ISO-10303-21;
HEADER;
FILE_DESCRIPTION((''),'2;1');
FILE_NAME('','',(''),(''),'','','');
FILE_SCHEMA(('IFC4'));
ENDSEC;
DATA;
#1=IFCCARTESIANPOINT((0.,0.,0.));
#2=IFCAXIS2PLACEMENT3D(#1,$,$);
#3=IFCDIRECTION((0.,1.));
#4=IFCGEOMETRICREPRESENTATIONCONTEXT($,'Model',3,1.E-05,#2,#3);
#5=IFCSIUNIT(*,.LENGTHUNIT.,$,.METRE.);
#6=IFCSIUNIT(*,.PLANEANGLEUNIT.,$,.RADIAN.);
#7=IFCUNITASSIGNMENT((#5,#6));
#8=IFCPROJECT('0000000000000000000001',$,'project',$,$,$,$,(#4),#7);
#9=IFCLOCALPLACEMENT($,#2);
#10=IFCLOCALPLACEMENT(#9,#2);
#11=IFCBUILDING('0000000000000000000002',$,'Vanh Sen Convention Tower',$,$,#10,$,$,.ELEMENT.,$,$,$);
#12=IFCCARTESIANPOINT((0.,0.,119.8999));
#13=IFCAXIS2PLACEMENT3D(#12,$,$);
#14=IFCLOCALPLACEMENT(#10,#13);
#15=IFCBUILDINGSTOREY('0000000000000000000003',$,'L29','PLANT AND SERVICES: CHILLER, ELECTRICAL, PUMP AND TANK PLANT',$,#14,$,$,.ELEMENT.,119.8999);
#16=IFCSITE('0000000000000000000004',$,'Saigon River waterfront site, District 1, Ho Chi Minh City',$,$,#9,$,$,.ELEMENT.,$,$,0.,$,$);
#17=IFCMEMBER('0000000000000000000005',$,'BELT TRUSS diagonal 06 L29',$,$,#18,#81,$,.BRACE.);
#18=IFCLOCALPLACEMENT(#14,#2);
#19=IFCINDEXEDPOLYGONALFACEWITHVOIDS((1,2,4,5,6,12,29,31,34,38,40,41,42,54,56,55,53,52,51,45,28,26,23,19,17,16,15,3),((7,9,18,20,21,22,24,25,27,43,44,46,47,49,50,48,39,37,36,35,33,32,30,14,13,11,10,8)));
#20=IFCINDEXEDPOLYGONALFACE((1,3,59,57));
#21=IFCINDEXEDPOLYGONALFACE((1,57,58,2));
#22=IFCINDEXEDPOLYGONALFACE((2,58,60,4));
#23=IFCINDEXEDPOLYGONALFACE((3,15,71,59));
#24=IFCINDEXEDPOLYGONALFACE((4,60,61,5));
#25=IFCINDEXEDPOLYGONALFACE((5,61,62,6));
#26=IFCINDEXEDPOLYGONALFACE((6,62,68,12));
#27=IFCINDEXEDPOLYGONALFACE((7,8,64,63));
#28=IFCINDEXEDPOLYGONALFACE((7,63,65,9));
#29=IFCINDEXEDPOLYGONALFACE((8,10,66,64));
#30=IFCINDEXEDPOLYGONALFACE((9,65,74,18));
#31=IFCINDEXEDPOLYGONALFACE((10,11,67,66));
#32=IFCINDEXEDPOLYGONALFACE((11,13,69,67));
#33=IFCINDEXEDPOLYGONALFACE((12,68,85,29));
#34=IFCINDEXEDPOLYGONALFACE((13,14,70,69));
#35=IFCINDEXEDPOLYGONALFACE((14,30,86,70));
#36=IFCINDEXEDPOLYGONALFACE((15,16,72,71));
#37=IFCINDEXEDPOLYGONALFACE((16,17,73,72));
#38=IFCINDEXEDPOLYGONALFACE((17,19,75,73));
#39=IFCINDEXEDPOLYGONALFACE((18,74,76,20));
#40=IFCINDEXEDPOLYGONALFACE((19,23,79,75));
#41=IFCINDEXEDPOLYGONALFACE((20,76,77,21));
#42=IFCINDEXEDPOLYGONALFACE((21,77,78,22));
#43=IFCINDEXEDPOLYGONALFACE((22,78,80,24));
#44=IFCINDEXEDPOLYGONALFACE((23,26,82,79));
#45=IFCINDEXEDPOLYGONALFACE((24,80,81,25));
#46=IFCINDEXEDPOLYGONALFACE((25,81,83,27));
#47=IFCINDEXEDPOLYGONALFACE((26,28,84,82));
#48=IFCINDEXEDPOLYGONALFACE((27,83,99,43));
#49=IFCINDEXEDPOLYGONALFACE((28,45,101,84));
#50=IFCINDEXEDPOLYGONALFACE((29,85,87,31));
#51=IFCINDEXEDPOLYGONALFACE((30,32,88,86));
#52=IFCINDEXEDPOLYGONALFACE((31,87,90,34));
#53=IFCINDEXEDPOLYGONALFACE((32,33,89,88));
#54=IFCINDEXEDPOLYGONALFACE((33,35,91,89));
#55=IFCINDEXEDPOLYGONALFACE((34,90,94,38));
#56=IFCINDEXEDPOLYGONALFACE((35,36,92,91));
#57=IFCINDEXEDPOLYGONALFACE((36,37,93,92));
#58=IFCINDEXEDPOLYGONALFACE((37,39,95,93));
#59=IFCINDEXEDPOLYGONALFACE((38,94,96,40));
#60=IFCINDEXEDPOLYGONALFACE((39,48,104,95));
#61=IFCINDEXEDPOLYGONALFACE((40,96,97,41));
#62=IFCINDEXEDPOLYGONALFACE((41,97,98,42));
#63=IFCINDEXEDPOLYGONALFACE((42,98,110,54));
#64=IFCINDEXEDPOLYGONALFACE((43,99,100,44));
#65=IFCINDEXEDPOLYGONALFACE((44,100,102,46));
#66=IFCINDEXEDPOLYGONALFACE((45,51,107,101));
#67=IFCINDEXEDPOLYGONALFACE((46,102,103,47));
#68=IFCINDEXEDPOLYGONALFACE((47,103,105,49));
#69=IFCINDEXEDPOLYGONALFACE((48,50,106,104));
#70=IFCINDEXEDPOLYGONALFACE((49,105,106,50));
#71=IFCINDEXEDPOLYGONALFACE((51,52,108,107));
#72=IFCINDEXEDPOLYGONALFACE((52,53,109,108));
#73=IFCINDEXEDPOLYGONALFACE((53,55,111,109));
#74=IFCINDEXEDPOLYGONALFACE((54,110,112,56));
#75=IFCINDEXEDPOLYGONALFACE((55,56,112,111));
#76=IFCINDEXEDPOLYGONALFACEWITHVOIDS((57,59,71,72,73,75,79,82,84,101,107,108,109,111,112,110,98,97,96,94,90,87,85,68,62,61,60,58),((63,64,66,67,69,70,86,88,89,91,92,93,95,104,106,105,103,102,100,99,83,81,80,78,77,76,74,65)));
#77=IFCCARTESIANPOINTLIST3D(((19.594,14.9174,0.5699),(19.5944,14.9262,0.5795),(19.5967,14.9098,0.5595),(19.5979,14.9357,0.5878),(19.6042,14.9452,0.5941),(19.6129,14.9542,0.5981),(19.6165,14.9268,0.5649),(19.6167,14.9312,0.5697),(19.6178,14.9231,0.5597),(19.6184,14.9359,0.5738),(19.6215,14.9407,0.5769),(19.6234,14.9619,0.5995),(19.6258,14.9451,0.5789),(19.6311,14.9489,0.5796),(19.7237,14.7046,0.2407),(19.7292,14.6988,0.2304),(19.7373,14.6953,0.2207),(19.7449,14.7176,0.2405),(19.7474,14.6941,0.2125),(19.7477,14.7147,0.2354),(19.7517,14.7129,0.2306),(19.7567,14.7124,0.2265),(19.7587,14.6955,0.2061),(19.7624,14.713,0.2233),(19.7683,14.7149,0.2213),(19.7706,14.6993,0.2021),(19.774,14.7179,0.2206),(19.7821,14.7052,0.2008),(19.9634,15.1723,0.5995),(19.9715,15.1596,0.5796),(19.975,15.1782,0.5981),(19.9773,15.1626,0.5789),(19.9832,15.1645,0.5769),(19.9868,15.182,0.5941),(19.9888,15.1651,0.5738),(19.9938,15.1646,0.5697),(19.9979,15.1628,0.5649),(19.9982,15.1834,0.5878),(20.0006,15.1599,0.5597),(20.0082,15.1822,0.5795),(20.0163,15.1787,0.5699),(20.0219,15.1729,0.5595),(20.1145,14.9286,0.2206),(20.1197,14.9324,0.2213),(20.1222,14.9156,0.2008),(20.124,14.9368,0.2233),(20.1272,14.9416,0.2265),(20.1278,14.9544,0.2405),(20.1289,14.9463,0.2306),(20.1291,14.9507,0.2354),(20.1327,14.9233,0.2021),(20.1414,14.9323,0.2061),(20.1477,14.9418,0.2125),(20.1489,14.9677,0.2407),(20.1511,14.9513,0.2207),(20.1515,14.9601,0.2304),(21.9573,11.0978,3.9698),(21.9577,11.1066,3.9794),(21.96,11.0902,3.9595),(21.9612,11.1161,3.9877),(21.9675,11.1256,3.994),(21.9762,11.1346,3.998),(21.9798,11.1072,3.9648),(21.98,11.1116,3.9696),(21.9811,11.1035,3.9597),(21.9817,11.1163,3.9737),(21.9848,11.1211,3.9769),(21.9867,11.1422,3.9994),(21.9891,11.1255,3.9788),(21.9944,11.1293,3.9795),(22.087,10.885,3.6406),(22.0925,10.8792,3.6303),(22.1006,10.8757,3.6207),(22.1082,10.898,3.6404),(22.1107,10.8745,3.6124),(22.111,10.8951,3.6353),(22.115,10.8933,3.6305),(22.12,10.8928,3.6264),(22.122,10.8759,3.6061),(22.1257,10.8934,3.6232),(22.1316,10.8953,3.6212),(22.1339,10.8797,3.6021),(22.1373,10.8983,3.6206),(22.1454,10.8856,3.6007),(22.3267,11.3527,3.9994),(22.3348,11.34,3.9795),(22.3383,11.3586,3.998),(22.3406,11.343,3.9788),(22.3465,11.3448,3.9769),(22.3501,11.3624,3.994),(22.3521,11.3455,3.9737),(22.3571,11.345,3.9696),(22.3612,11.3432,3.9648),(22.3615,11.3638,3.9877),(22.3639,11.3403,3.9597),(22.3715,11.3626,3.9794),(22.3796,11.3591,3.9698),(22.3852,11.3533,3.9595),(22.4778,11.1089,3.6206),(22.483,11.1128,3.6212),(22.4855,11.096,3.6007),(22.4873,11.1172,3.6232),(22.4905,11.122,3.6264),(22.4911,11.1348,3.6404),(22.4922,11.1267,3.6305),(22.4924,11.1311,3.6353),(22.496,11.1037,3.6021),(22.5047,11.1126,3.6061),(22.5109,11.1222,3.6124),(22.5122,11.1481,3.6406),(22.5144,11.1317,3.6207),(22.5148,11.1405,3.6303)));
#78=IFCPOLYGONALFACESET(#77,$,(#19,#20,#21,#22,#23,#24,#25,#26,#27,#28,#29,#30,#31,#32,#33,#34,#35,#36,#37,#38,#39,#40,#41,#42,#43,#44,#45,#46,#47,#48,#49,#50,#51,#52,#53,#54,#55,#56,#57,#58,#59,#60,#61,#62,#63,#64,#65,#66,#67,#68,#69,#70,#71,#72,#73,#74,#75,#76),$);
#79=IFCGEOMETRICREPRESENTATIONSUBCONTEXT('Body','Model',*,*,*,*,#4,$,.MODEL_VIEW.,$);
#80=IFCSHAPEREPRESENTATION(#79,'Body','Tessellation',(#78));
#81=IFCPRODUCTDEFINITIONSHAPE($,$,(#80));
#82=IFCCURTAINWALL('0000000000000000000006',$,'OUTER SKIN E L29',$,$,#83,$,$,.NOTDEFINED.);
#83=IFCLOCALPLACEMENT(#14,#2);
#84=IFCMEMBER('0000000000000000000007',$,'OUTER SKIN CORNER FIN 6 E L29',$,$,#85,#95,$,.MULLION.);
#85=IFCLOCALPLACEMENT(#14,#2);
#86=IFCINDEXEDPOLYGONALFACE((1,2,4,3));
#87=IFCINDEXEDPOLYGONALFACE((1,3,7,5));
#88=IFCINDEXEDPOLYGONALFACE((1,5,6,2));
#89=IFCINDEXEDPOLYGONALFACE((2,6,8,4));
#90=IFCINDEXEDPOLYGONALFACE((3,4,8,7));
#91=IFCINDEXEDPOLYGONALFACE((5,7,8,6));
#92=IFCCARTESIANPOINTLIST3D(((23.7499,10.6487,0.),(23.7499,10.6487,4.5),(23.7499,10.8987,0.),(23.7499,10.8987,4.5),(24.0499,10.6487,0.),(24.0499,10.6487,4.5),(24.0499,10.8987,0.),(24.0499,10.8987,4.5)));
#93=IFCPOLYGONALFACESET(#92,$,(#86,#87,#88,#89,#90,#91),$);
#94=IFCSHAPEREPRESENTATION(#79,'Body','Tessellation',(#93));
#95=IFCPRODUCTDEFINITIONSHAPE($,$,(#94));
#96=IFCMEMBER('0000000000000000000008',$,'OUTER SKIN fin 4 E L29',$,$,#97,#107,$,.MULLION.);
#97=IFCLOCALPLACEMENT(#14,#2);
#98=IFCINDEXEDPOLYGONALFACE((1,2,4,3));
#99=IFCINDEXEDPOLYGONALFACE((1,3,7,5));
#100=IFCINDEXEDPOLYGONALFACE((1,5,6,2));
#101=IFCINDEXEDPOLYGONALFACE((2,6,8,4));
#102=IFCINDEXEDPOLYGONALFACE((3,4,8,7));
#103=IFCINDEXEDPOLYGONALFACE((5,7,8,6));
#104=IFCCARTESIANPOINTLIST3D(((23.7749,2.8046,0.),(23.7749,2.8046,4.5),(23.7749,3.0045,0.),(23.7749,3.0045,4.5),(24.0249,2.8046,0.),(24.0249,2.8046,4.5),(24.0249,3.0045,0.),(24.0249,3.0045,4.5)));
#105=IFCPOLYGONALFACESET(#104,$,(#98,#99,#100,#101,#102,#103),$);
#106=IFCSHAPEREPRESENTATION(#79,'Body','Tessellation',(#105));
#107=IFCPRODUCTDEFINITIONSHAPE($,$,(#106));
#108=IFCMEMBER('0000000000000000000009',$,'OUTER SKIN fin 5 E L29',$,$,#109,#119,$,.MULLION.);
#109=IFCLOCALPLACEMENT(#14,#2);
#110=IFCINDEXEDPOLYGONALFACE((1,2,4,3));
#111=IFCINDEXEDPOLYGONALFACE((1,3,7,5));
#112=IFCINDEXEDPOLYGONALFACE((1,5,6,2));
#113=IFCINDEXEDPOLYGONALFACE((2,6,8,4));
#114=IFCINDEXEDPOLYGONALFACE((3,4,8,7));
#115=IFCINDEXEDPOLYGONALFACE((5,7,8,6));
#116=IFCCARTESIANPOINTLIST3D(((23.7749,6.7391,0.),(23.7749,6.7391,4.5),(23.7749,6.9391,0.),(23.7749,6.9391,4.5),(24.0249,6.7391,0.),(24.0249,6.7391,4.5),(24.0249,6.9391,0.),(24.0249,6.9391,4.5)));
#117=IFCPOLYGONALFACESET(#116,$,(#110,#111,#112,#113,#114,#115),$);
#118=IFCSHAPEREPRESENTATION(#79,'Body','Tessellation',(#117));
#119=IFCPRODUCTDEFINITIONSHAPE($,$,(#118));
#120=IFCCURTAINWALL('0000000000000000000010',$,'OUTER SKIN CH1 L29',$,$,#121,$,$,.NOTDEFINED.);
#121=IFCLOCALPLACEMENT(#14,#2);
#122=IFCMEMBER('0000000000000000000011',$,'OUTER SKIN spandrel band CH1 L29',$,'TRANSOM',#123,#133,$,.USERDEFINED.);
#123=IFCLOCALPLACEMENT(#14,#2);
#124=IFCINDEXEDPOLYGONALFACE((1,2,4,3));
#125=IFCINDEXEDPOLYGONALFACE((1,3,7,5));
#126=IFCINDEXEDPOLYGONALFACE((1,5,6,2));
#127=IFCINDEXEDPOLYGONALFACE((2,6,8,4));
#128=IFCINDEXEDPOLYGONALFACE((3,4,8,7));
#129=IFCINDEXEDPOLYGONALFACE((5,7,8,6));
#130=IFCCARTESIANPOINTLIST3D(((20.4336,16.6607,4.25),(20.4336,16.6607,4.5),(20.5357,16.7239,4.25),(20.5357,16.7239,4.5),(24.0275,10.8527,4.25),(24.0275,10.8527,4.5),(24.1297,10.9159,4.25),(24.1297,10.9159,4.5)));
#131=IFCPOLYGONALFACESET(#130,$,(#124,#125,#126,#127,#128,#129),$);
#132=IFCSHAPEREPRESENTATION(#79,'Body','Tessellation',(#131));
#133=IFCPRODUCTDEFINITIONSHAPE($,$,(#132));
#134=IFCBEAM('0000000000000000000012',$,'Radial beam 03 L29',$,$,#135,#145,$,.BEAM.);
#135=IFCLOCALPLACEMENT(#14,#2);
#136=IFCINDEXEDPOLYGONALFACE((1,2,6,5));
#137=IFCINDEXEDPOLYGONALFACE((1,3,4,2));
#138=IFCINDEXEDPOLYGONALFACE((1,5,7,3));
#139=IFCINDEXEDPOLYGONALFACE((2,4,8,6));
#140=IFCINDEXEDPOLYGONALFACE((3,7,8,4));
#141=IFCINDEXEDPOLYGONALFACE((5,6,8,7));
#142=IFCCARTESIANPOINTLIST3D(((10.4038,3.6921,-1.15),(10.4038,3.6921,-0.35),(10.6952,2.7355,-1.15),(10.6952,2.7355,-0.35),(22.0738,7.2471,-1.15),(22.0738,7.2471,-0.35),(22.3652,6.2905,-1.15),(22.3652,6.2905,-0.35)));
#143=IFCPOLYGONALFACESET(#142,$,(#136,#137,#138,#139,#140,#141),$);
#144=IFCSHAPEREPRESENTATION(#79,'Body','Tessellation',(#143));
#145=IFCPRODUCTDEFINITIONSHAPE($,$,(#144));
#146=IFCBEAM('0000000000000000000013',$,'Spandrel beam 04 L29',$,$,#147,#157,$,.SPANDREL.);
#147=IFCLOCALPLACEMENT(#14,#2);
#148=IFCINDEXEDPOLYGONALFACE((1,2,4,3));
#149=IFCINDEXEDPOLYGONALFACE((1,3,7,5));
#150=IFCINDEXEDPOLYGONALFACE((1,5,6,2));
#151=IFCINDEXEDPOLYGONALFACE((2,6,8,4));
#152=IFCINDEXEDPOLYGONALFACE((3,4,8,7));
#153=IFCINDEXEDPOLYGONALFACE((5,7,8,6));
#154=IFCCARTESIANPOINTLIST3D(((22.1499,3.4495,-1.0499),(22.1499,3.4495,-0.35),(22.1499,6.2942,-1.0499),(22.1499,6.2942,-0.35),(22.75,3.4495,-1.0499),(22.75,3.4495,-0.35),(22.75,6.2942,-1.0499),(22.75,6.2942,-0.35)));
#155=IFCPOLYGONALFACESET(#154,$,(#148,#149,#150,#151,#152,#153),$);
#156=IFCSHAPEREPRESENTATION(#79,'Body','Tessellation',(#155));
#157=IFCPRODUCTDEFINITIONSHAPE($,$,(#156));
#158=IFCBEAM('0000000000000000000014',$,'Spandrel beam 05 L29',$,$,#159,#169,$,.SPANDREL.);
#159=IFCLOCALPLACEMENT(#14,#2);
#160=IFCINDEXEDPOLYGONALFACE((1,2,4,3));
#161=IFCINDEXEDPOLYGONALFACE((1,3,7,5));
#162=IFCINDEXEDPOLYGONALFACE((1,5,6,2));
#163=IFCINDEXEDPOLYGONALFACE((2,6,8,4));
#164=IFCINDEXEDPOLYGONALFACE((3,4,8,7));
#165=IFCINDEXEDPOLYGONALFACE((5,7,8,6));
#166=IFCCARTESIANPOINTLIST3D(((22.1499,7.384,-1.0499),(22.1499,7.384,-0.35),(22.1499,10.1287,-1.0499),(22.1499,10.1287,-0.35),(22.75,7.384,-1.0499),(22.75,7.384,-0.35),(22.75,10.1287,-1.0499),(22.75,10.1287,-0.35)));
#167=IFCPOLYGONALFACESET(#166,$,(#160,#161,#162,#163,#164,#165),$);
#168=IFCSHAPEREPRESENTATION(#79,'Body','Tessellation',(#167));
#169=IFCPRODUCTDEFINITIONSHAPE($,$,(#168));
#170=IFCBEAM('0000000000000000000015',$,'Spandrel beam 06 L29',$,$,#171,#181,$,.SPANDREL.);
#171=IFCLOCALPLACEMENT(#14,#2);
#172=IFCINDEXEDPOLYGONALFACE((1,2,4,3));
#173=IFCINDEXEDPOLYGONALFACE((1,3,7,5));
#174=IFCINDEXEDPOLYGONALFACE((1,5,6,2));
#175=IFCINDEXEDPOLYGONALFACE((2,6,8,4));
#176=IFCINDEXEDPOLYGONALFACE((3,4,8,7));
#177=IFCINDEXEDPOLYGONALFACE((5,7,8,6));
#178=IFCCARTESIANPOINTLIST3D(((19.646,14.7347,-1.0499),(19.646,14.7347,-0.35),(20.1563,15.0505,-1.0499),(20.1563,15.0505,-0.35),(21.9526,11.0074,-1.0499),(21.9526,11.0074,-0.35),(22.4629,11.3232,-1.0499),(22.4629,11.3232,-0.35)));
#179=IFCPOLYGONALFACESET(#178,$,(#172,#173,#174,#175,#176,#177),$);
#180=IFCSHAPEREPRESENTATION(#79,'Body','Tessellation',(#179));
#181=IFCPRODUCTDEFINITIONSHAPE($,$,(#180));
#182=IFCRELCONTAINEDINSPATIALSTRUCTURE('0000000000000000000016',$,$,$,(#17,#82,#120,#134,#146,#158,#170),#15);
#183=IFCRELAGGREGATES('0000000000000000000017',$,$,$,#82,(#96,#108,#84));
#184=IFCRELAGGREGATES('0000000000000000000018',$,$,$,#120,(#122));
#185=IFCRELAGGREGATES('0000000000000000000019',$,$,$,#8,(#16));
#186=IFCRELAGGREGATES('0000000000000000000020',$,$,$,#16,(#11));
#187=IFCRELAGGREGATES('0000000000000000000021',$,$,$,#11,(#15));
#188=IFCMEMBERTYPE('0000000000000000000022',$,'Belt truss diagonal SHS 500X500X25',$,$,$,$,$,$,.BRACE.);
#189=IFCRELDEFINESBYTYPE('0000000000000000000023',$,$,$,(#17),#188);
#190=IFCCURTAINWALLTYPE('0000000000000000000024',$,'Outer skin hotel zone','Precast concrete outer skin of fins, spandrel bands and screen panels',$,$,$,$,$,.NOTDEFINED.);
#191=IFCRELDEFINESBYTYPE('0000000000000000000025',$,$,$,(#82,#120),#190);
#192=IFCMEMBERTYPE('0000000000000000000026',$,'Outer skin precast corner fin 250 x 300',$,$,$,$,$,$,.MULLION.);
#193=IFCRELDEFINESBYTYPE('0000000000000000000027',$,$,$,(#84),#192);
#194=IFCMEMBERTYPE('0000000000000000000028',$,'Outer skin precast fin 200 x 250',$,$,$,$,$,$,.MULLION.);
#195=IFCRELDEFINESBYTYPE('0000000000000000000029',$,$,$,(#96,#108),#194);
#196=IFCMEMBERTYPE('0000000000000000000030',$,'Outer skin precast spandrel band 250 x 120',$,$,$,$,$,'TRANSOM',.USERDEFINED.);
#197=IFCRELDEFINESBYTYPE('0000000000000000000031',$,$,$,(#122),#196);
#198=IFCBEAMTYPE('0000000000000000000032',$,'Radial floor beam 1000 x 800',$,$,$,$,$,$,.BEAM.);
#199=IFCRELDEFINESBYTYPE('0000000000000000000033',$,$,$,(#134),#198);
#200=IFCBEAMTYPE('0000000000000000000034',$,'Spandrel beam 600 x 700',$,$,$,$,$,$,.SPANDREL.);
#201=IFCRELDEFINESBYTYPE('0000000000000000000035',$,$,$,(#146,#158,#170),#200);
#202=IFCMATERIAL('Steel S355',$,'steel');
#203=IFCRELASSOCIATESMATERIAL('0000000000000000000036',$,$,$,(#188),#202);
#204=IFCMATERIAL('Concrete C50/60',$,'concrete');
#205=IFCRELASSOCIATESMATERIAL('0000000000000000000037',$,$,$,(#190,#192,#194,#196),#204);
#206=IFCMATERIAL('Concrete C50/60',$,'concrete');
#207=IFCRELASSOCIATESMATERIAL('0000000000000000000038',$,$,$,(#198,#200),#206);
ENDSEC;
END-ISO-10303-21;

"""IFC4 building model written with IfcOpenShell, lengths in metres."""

from ifc_helpers import new_model, si_unit, direction, frame, origin, origin_2d, place, context, subcontext, project, spatial, rectangle, hollow_rectangle, extrude, material, material_profile, profile_set, type_object, element, aggregate, save


model = new_model("IFC4")

# Units and contexts
model_context = context("Model", 3, precision=1e-05, world=origin(), true_north=direction((0.0, 1.0)))
body_context = subcontext(model_context, "Body", "Model", "MODEL_VIEW")
ifc_project = project(units=[si_unit("LENGTHUNIT", "METRE"), si_unit("PLANEANGLEUNIT", "RADIAN")], contexts=[model_context])

# Site, building, storey
site_placement = place(None, origin())
site = spatial("IfcSite", under=ifc_project, at=site_placement, Name="Saigon River waterfront site, District 1, Ho Chi Minh City", CompositionType="ELEMENT", RefElevation=0.0)
building_placement = place(site_placement, origin())
building = spatial("IfcBuilding", under=site, at=building_placement, Name="Vanh Sen Convention Tower", CompositionType="ELEMENT")
storey_placement = place(building_placement, frame((0.0, 0.0, 119.8999)))
storey = spatial("IfcBuildingStorey", under=building, at=storey_placement, Name="L29", Description="PLANT AND SERVICES: CHILLER, ELECTRICAL, PUMP AND TANK PLANT", CompositionType="ELEMENT", Elevation=119.8999)

# Member
ifc_material_1 = material(Name="Steel S355", Category="steel")
ifc_material_profile_1 = material_profile(ifc_material_1, hollow_rectangle(XDim=0.5, YDim=0.5, WallThickness=0.0249, InnerFilletRadius=0.0249, OuterFilletRadius=0.05, at=origin_2d()), Name="SHS 500X500X25")
ifc_profile_set_1 = profile_set([ifc_material_profile_1], Name="Steel S355")
member_type_1 = type_object("IfcMemberType", Name="Belt truss diagonal SHS 500X500X25", PredefinedType="BRACE", material=ifc_profile_set_1)
member_1_placement = place(storey_placement, frame((22.2361, 11.1191, 3.8), z_axis=(-0.419523, 0.678041, -0.603541), x_axis=(-0.850387, -0.526158, 0.0)))
element("IfcMember", 1, at=member_1_placement, inside=storey, type_object=member_type_1, Name="BELT TRUSS diagonal 06 L29", PredefinedType="BRACE", context=body_context, shape_type="SweptSolid", body=[
    extrude(hollow_rectangle(XDim=0.5, YDim=0.5, WallThickness=0.0249, InnerFilletRadius=0.0249, OuterFilletRadius=0.05, at=origin_2d()), origin(), (0.0, 0.0, 1.0), 5.6333),
])

# Curtain wall, members
ifc_material_2 = material(Name="Concrete C50/60", Category="concrete")
curtain_wall_type = type_object("IfcCurtainWallType", Name="Outer skin hotel zone", Description="Precast concrete outer skin of fins, spandrel bands and screen panels", PredefinedType="NOTDEFINED", material=ifc_material_2)
curtain_wall_1_placement = place(storey_placement, origin())
curtain_wall_1 = element("IfcCurtainWall", 2, at=curtain_wall_1_placement, inside=storey, type_object=curtain_wall_type, Name="OUTER SKIN E L29", PredefinedType="NOTDEFINED")
ifc_material_profile_2 = material_profile(ifc_material_2, rectangle(XDim=0.25, YDim=0.3, at=origin_2d()), Name="Outer skin precast corner fin 250 x 300")
ifc_profile_set_2 = profile_set([ifc_material_profile_2], Name="Concrete C50/60")
member_type_2 = type_object("IfcMemberType", Name="Outer skin precast corner fin 250 x 300", PredefinedType="MULLION", material=ifc_profile_set_2)
member_2_placement = place(storey_placement, frame((23.8999, 10.7737, 0.0), z_axis=(0.0, 0.0, 1.0), x_axis=(0.0, 1.0, 0.0)))
member_2 = element("IfcMember", 3, at=member_2_placement, type_object=member_type_2, Name="OUTER SKIN CORNER FIN 6 E L29", PredefinedType="MULLION", context=body_context, shape_type="SweptSolid", body=[
    extrude(rectangle(XDim=0.25, YDim=0.3, at=origin_2d()), origin(), (0.0, 0.0, 1.0), 4.5),
])
ifc_material_profile_3 = material_profile(ifc_material_2, rectangle(XDim=0.2, YDim=0.25, at=origin_2d()), Name="Outer skin precast fin 200 x 250")
ifc_profile_set_3 = profile_set([ifc_material_profile_3], Name="Concrete C50/60")
member_type_3 = type_object("IfcMemberType", Name="Outer skin precast fin 200 x 250", PredefinedType="MULLION", material=ifc_profile_set_3)
member_3_placement = place(storey_placement, frame((23.8999, 2.9045, 0.0), z_axis=(0.0, 0.0, 1.0), x_axis=(0.0, 1.0, 0.0)))
member_3 = element("IfcMember", 4, at=member_3_placement, type_object=member_type_3, Name="OUTER SKIN fin 4 E L29", PredefinedType="MULLION", context=body_context, shape_type="SweptSolid", body=[
    extrude(rectangle(XDim=0.2, YDim=0.25, at=origin_2d()), origin(), (0.0, 0.0, 1.0), 4.5),
])
member_4_placement = place(storey_placement, frame((23.8999, 6.8391, 0.0), z_axis=(0.0, 0.0, 1.0), x_axis=(0.0, 1.0, 0.0)))
member_4 = element("IfcMember", 5, at=member_4_placement, type_object=member_type_3, Name="OUTER SKIN fin 5 E L29", PredefinedType="MULLION", context=body_context, shape_type="SweptSolid", body=[
    extrude(rectangle(XDim=0.2, YDim=0.25, at=origin_2d()), origin(), (0.0, 0.0, 1.0), 4.5),
])

# Curtain wall, member
curtain_wall_2_placement = place(storey_placement, origin())
curtain_wall_2 = element("IfcCurtainWall", 6, at=curtain_wall_2_placement, inside=storey, type_object=curtain_wall_type, Name="OUTER SKIN CH1 L29", PredefinedType="NOTDEFINED")
ifc_material_profile_4 = material_profile(ifc_material_2, rectangle(XDim=0.1201, YDim=0.25, at=origin_2d()), Name="Outer skin precast spandrel band 250 x 120")
ifc_profile_set_4 = profile_set([ifc_material_profile_4], Name="Concrete C50/60")
member_type_4 = type_object("IfcMemberType", Name="Outer skin precast spandrel band 250 x 120", ElementType="TRANSOM", PredefinedType="USERDEFINED", material=ifc_profile_set_4)
member_5_placement = place(storey_placement, frame((24.0786, 10.8843, 4.375), z_axis=(-0.526196, 0.850363, 0.0), x_axis=(-0.850363, -0.526196, 0.0)))
member_5 = element("IfcMember", 7, at=member_5_placement, type_object=member_type_4, Name="OUTER SKIN spandrel band CH1 L29", ObjectType="TRANSOM", PredefinedType="USERDEFINED", context=body_context, shape_type="SweptSolid", body=[
    extrude(rectangle(XDim=0.1201, YDim=0.25, at=origin_2d()), origin(), (0.0, 0.0, 1.0), 6.8301),
])

# Beams
ifc_material_3 = material(Name="Concrete C50/60", Category="concrete")
ifc_material_profile_5 = material_profile(ifc_material_3, rectangle(XDim=1.0, YDim=0.8, at=origin_2d()), Name="RC 1000X800")
ifc_profile_set_5 = profile_set([ifc_material_profile_5], Name="Concrete C50/60")
beam_type_1 = type_object("IfcBeamType", Name="Radial floor beam 1000 x 800", PredefinedType="BEAM", material=ifc_profile_set_5)
beam_1_placement = place(storey_placement, frame((22.2195, 6.7688, -0.75), z_axis=(-0.9566, -0.291403, 0.0), x_axis=(0.291403, -0.9566, 0.0)))
element("IfcBeam", 8, at=beam_1_placement, inside=storey, type_object=beam_type_1, Name="Radial beam 03 L29", PredefinedType="BEAM", context=body_context, shape_type="SweptSolid", body=[
    extrude(rectangle(XDim=1.0, YDim=0.8, at=origin_2d()), origin(), (0.0, 0.0, 1.0), 12.1995),
])
ifc_material_profile_6 = material_profile(ifc_material_3, rectangle(XDim=0.6001, YDim=0.7, at=origin_2d()), Name="RC 600X700")
ifc_profile_set_6 = profile_set([ifc_material_profile_6], Name="Concrete C50/60")
beam_type_2 = type_object("IfcBeamType", Name="Spandrel beam 600 x 700", PredefinedType="SPANDREL", material=ifc_profile_set_6)
beam_2_placement = place(storey_placement, frame((22.45, 3.4495, -0.7), z_axis=(0.0, 1.0, 0.0), x_axis=(-1.0, 0.0, 0.0)))
element("IfcBeam", 9, at=beam_2_placement, inside=storey, type_object=beam_type_2, Name="Spandrel beam 04 L29", PredefinedType="SPANDREL", context=body_context, shape_type="SweptSolid", body=[
    extrude(rectangle(XDim=0.6001, YDim=0.7, at=origin_2d()), origin(), (0.0, 0.0, 1.0), 2.8447),
])
beam_3_placement = place(storey_placement, frame((22.45, 7.384, -0.7), z_axis=(0.0, 1.0, 0.0), x_axis=(-1.0, 0.0, 0.0)))
element("IfcBeam", 10, at=beam_3_placement, inside=storey, type_object=beam_type_2, Name="Spandrel beam 05 L29", PredefinedType="SPANDREL", context=body_context, shape_type="SweptSolid", body=[
    extrude(rectangle(XDim=0.6001, YDim=0.7, at=origin_2d()), origin(), (0.0, 0.0, 1.0), 2.7446),
])
beam_4_placement = place(storey_placement, frame((22.2078, 11.1653, -0.7), z_axis=(-0.526234, 0.85034, 0.0), x_axis=(-0.85034, -0.526234, 0.0)))
element("IfcBeam", 11, at=beam_4_placement, inside=storey, type_object=beam_type_2, Name="Spandrel beam 06 L29", PredefinedType="SPANDREL", context=body_context, shape_type="SweptSolid", body=[
    extrude(rectangle(XDim=0.6001, YDim=0.7, at=origin_2d()), origin(), (0.0, 0.0, 1.0), 4.3833),
])

aggregate(curtain_wall_1, [member_3, member_4, member_2])
aggregate(curtain_wall_2, [member_5])

save(model, "model.ifc")
